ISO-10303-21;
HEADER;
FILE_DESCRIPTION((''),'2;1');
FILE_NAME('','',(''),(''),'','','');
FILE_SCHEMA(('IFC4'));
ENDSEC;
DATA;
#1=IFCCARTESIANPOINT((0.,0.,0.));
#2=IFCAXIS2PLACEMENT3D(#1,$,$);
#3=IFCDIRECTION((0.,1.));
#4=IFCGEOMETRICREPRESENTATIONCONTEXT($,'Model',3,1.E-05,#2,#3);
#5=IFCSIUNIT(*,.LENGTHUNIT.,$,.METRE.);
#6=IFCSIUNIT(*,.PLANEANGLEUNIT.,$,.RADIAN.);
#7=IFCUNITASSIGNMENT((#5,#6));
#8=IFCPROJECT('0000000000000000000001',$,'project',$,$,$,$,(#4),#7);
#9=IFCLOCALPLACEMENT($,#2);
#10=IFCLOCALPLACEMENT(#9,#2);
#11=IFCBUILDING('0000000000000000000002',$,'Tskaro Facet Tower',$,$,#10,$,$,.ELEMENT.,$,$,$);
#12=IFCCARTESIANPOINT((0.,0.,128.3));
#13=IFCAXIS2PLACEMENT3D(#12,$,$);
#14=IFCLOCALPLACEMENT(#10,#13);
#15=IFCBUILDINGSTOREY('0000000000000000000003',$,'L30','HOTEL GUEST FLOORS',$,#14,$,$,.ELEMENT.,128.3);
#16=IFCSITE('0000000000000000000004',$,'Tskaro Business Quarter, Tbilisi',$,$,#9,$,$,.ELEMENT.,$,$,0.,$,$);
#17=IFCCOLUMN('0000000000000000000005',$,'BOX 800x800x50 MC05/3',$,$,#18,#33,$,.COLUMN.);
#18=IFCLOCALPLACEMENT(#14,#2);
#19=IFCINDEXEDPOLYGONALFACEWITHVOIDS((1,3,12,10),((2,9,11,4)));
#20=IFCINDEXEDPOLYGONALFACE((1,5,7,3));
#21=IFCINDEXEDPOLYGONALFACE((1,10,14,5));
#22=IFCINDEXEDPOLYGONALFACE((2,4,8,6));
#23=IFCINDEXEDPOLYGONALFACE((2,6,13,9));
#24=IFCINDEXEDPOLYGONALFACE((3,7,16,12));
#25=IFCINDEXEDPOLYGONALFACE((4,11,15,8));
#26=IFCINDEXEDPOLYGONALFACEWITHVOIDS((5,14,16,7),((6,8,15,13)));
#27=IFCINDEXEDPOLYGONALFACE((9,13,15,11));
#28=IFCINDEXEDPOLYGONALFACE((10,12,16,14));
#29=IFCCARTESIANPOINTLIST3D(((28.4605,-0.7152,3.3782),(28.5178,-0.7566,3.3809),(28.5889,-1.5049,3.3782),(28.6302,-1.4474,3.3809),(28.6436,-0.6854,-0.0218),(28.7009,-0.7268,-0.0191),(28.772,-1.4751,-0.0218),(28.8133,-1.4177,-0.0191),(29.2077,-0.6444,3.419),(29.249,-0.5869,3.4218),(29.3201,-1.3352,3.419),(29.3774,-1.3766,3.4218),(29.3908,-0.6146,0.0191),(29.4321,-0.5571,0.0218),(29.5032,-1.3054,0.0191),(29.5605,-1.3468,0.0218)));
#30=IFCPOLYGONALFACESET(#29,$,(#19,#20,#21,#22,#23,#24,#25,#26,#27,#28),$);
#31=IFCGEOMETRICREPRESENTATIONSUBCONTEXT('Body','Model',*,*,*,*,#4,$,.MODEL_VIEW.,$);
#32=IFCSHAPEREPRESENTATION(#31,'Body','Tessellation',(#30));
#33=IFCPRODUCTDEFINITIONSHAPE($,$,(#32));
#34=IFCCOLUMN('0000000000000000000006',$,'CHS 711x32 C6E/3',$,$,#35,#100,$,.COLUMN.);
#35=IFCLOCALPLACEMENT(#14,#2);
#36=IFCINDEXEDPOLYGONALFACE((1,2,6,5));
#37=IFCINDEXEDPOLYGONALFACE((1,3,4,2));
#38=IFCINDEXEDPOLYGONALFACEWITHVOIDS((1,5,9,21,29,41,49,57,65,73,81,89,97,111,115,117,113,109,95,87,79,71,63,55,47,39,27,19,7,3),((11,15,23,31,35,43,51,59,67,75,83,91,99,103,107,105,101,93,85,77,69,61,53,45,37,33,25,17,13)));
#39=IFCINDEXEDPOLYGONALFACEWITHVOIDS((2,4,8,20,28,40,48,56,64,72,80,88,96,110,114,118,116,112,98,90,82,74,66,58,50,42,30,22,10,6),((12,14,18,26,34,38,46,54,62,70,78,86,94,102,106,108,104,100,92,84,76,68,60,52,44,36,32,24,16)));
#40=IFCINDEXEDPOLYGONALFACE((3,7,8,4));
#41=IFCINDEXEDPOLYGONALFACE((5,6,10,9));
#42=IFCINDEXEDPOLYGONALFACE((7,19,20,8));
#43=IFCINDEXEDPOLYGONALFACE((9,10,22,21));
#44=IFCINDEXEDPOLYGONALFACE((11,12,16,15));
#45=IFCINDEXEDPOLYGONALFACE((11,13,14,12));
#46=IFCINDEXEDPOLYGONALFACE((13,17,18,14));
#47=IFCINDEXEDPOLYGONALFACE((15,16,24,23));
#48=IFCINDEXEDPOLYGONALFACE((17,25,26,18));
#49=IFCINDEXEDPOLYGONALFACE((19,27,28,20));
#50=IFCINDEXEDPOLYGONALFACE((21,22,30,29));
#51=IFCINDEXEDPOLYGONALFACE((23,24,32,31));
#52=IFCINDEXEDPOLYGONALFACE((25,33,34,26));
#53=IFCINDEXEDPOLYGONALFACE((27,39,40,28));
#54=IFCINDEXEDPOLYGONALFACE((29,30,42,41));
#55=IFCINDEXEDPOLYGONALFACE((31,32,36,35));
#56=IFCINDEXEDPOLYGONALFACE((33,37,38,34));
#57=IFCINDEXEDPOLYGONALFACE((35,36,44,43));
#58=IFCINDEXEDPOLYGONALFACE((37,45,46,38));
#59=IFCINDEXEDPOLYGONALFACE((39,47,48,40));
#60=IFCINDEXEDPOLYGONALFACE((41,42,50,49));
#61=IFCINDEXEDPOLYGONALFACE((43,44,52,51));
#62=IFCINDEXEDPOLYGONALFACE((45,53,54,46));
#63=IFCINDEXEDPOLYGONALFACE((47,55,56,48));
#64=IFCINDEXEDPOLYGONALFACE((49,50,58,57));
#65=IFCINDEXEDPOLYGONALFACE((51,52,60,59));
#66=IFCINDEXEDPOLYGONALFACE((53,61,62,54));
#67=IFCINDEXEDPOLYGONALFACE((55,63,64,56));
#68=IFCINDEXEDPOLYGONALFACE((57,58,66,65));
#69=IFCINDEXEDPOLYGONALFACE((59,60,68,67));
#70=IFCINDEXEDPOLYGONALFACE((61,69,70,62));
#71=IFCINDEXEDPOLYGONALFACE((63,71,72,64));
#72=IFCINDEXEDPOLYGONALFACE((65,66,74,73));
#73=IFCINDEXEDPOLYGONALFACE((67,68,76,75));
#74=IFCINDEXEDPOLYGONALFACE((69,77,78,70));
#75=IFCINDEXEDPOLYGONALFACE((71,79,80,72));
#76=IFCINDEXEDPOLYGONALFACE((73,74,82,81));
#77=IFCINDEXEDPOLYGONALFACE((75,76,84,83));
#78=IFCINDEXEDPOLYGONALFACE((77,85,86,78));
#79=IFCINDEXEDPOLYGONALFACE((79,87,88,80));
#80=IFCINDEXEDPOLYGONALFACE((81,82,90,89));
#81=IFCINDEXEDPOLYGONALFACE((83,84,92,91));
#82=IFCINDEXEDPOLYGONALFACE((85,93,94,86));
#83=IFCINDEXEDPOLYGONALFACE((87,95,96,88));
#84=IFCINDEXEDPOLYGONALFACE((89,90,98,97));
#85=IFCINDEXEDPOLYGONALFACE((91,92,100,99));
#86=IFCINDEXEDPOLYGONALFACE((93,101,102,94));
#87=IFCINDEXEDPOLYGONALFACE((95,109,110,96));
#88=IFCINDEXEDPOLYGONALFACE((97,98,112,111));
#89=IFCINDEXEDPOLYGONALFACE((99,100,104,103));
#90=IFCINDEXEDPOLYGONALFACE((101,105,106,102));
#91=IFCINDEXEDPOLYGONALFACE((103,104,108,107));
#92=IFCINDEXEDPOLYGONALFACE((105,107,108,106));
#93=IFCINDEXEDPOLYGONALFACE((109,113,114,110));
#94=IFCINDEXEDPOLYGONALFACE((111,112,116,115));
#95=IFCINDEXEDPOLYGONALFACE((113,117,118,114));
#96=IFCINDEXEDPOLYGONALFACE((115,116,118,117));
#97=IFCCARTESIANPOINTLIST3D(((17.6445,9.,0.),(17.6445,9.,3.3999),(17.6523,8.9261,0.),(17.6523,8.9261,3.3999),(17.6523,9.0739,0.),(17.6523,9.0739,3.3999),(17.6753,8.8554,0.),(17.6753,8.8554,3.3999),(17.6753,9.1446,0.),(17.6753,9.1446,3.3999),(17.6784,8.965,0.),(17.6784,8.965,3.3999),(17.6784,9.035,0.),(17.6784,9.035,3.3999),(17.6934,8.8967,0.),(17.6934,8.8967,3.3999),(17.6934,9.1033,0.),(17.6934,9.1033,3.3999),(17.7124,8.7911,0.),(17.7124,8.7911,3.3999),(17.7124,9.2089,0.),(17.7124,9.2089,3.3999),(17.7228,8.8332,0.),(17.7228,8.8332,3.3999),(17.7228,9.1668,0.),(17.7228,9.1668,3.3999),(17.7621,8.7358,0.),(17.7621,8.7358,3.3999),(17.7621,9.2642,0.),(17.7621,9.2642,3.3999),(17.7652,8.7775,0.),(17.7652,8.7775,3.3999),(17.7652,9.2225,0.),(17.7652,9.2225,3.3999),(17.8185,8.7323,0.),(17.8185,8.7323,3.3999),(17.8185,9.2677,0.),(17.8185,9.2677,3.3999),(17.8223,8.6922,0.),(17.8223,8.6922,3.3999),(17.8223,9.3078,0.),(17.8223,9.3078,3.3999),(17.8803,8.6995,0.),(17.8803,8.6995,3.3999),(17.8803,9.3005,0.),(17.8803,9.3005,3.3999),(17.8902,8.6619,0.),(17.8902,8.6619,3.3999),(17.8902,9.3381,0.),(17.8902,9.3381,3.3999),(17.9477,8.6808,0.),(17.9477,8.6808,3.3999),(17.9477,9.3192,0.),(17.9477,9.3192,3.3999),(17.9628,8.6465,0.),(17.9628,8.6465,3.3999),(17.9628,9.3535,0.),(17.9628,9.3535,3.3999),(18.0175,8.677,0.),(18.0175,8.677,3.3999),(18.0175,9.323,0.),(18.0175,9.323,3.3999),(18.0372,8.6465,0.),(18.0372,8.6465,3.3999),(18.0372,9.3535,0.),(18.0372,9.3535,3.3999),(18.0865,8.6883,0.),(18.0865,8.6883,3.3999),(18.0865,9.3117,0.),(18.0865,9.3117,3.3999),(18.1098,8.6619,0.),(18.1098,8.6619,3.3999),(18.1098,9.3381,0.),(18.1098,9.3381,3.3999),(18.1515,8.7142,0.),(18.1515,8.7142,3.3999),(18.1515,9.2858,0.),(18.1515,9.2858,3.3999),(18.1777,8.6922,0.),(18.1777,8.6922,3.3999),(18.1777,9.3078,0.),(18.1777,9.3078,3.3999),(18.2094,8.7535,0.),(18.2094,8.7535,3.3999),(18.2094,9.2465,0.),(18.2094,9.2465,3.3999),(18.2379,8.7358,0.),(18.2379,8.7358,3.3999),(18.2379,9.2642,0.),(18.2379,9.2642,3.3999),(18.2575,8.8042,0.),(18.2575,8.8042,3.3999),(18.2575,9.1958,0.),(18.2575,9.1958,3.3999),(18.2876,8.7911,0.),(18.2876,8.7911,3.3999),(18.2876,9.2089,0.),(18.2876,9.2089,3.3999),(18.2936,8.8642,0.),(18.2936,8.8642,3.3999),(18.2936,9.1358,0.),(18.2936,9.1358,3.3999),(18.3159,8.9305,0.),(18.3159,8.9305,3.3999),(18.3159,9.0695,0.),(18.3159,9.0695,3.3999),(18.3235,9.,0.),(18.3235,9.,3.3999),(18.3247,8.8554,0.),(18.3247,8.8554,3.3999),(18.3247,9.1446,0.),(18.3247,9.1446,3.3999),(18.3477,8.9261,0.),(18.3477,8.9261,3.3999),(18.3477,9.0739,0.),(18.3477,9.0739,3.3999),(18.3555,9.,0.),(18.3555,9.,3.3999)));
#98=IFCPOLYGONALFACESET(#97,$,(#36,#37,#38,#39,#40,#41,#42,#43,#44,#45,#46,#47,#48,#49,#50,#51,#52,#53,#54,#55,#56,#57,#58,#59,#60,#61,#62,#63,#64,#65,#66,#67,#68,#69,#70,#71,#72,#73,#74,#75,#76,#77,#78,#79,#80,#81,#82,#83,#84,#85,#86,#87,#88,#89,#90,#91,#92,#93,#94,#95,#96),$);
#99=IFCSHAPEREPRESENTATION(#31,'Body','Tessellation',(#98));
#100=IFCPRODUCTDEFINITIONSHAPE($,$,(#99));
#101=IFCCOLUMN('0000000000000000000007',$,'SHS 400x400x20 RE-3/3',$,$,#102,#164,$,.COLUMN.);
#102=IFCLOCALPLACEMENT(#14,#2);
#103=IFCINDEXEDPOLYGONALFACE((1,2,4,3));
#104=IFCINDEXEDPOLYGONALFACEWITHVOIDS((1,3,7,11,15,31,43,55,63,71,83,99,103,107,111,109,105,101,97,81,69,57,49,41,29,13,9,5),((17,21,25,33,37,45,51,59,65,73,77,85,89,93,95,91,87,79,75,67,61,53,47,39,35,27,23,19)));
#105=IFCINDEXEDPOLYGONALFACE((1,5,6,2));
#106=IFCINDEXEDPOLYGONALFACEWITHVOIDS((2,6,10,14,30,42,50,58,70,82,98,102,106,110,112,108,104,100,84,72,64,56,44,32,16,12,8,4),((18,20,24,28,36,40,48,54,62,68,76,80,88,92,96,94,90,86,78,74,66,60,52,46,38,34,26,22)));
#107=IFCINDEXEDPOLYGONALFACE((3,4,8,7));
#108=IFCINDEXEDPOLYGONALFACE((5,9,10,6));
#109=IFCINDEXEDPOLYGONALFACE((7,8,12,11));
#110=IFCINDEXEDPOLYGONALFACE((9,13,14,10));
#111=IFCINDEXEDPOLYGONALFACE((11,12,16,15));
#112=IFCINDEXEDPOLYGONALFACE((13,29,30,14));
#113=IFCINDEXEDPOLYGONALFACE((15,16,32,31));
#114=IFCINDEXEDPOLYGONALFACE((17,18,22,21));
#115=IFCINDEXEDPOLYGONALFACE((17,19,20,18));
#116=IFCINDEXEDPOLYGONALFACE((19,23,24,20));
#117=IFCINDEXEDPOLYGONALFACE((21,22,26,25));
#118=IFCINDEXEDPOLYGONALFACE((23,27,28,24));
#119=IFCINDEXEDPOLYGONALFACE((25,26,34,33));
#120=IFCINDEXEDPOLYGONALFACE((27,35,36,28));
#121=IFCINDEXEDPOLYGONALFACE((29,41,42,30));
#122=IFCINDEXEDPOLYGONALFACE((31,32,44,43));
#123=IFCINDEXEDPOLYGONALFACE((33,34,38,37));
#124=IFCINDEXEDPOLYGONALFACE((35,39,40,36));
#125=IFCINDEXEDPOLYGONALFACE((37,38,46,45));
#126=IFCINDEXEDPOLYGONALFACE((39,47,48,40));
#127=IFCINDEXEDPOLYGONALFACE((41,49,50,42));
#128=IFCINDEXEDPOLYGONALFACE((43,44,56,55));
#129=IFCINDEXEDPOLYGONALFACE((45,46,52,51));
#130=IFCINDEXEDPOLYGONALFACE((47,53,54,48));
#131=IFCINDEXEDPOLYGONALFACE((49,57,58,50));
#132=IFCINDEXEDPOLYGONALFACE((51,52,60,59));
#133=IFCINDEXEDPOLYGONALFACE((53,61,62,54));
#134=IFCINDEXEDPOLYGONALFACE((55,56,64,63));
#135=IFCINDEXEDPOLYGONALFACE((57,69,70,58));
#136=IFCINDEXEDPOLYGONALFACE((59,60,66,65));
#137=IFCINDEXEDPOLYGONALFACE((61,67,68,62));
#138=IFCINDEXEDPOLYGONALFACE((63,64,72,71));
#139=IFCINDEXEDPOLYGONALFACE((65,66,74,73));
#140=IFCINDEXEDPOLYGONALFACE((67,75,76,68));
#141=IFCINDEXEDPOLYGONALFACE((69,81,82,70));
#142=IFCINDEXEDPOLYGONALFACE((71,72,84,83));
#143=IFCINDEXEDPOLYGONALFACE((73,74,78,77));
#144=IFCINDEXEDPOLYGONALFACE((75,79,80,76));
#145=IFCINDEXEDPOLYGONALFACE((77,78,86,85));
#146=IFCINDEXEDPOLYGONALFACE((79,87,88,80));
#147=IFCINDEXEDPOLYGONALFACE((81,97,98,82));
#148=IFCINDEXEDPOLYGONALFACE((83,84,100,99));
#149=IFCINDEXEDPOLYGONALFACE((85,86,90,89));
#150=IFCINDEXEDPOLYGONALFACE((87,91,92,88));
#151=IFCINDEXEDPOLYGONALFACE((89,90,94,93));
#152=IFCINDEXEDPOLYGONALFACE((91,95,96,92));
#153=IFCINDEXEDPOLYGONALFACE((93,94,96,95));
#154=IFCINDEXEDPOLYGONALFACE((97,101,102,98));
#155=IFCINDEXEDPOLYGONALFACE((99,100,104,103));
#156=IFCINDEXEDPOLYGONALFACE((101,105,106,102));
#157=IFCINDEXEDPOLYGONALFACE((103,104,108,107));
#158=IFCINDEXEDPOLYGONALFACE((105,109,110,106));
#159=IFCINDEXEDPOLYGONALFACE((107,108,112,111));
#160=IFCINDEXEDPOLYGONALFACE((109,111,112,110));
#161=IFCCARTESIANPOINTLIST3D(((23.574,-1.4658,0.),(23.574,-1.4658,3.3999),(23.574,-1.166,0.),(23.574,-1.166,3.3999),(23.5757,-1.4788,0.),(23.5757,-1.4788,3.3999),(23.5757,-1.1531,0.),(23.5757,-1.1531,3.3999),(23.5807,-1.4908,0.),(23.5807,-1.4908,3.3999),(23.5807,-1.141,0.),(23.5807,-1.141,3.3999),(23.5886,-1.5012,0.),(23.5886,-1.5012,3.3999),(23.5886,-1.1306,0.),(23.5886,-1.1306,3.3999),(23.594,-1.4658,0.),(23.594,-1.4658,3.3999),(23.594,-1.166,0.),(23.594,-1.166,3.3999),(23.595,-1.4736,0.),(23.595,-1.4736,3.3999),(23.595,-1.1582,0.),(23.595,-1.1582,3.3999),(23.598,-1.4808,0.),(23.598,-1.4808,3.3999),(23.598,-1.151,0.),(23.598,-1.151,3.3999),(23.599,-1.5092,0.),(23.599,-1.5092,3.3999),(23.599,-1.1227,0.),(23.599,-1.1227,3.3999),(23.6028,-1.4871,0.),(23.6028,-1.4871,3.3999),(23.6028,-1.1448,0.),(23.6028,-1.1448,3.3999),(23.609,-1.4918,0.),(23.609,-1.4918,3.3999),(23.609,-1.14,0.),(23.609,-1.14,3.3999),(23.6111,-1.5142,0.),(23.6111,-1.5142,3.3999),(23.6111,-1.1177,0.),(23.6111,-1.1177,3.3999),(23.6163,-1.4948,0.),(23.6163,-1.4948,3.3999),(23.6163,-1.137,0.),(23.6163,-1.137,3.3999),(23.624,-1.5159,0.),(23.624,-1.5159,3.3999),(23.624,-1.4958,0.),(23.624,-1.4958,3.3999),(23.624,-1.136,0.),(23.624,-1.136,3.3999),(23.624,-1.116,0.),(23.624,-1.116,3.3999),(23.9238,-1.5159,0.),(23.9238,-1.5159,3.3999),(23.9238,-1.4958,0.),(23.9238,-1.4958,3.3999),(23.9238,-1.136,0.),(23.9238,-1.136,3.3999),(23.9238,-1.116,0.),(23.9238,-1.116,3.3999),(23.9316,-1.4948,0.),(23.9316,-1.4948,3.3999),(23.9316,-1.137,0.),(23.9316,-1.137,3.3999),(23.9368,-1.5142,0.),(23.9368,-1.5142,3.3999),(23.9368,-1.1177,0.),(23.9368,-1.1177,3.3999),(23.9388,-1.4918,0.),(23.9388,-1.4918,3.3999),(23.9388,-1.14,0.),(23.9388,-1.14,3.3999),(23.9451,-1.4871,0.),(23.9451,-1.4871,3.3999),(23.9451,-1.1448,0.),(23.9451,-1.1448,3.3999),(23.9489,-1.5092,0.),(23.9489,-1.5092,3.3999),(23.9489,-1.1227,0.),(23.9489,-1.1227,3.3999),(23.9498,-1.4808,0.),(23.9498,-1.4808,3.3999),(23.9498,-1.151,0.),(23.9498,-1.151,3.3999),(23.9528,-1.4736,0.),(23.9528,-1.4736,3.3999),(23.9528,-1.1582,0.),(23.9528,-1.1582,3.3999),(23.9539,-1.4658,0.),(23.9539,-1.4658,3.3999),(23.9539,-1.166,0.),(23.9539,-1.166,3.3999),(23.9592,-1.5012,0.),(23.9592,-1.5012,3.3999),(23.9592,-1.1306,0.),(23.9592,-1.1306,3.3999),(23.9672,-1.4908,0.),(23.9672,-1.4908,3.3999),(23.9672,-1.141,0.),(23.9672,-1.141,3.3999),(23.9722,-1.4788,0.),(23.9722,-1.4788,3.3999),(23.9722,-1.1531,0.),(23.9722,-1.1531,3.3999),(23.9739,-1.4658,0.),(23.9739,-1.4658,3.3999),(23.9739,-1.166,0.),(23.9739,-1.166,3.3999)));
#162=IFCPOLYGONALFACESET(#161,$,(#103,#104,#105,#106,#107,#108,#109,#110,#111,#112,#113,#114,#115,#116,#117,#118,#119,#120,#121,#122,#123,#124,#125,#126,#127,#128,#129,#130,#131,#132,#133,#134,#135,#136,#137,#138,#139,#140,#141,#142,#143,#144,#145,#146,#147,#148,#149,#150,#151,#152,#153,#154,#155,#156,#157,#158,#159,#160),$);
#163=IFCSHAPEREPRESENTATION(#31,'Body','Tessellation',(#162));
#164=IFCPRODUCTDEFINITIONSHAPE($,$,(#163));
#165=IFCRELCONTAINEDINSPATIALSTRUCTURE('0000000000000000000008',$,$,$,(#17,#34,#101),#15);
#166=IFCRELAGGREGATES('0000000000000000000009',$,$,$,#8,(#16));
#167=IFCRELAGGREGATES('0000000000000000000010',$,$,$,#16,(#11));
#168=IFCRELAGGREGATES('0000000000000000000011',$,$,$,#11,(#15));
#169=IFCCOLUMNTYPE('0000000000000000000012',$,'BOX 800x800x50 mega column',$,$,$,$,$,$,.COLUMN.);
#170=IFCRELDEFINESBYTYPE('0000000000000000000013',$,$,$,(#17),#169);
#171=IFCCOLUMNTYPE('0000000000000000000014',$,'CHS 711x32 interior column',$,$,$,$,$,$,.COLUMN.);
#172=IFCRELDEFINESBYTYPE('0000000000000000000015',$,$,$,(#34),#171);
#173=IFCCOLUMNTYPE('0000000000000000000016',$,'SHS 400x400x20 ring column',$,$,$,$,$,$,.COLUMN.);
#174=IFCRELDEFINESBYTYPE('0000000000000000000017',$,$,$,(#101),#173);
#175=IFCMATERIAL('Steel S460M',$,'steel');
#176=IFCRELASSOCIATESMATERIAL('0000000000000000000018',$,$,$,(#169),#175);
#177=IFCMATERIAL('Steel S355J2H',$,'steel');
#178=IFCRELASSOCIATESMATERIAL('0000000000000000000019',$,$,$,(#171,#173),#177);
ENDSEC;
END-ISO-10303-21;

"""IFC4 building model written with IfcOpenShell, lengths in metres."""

from ifc_helpers import new_model, si_unit, direction, frame, origin, origin_2d, place, context, subcontext, project, spatial, hollow_rectangle, hollow_circle, extrude, material, material_profile, profile_set, type_object, element, save


model = new_model("IFC4")

# Units and contexts
model_context = context("Model", 3, precision=1e-05, world=origin(), true_north=direction((0.0, 1.0)))
body_context = subcontext(model_context, "Body", "Model", "MODEL_VIEW")
ifc_project = project(units=[si_unit("LENGTHUNIT", "METRE"), si_unit("PLANEANGLEUNIT", "RADIAN")], contexts=[model_context])

# Site, building, storey
site_placement = place(None, origin())
site = spatial("IfcSite", under=ifc_project, at=site_placement, Name="Tskaro Business Quarter, Tbilisi", CompositionType="ELEMENT", RefElevation=0.0)
building_placement = place(site_placement, origin())
building = spatial("IfcBuilding", under=site, at=building_placement, Name="Tskaro Facet Tower", CompositionType="ELEMENT")
storey_placement = place(building_placement, frame((0.0, 0.0, 128.3)))
storey = spatial("IfcBuildingStorey", under=building, at=storey_placement, Name="L30", Description="HOTEL GUEST FLOORS", CompositionType="ELEMENT", Elevation=128.3)

# Columns
ifc_material_1 = material(Name="Steel S460M", Category="steel")
ifc_material_profile_1 = material_profile(ifc_material_1, hollow_rectangle(XDim=0.8, YDim=0.8, WallThickness=0.05, at=origin_2d()), Name="BOX 800x800x50")
ifc_profile_set_1 = profile_set([ifc_material_profile_1], Name="Steel S460M")
column_type_1 = type_object("IfcColumnType", Name="BOX 800x800x50 mega column", PredefinedType="COLUMN", material=ifc_profile_set_1)
column_1_placement = place(storey_placement, frame((29.1021, -1.0161, 0.0), z_axis=(-0.053776, -0.008748, 0.998515), x_axis=(0.160556, -0.987027, 0.0)))
element("IfcColumn", 1, at=column_1_placement, inside=storey, type_object=column_type_1, Name="BOX 800x800x50 MC05/3", PredefinedType="COLUMN", context=body_context, shape_type="SweptSolid", body=[
    extrude(hollow_rectangle(XDim=0.8, YDim=0.8, WallThickness=0.05, at=origin_2d()), origin(), (0.0, 0.0, 1.0), 3.405),
])
ifc_material_2 = material(Name="Steel S355J2H", Category="steel")
ifc_material_profile_2 = material_profile(ifc_material_2, hollow_circle(Radius=0.3555, WallThickness=0.032, at=origin_2d()), Name="CHS 711x32")
ifc_profile_set_2 = profile_set([ifc_material_profile_2], Name="Steel S355J2H")
column_type_2 = type_object("IfcColumnType", Name="CHS 711x32 interior column", PredefinedType="COLUMN", material=ifc_profile_set_2)
column_2_placement = place(storey_placement, frame((18.0, 9.0, 0.0), z_axis=(0.0, 0.0, 1.0), x_axis=(1.0, 0.0, 0.0)))
element("IfcColumn", 2, at=column_2_placement, inside=storey, type_object=column_type_2, Name="CHS 711x32 C6E/3", PredefinedType="COLUMN", context=body_context, shape_type="SweptSolid", body=[
    extrude(hollow_circle(Radius=0.3555, WallThickness=0.032, at=origin_2d()), origin(), (0.0, 0.0, 1.0), 3.3999),
])
ifc_material_profile_3 = material_profile(ifc_material_2, hollow_rectangle(XDim=0.3999, YDim=0.3999, WallThickness=0.02, InnerFilletRadius=0.03, OuterFilletRadius=0.05, at=origin_2d()), Name="SHS 400x400x20")
ifc_profile_set_3 = profile_set([ifc_material_profile_3], Name="Steel S355J2H")
column_type_3 = type_object("IfcColumnType", Name="SHS 400x400x20 ring column", PredefinedType="COLUMN", material=ifc_profile_set_3)
for number, where, z_axis, x_axis, name in (
    (3, (23.7739, -1.3159, 0.0), (0.0, 0.0, 1.0), (1.0, 0.0, 0.0), "SHS 400x400x20 RE-3/3"),
):
    element("IfcColumn", number, at=place(storey_placement, frame(where, z_axis=z_axis, x_axis=x_axis)), inside=storey, type_object=column_type_3, Name=name, PredefinedType="COLUMN", context=body_context, shape_type="SweptSolid", body=[
        extrude(hollow_rectangle(XDim=0.3999, YDim=0.3999, WallThickness=0.02, InnerFilletRadius=0.03, OuterFilletRadius=0.05, at=origin_2d()), origin(), (0.0, 0.0, 1.0), 3.3999),
    ])

save(model, "model.ifc")
